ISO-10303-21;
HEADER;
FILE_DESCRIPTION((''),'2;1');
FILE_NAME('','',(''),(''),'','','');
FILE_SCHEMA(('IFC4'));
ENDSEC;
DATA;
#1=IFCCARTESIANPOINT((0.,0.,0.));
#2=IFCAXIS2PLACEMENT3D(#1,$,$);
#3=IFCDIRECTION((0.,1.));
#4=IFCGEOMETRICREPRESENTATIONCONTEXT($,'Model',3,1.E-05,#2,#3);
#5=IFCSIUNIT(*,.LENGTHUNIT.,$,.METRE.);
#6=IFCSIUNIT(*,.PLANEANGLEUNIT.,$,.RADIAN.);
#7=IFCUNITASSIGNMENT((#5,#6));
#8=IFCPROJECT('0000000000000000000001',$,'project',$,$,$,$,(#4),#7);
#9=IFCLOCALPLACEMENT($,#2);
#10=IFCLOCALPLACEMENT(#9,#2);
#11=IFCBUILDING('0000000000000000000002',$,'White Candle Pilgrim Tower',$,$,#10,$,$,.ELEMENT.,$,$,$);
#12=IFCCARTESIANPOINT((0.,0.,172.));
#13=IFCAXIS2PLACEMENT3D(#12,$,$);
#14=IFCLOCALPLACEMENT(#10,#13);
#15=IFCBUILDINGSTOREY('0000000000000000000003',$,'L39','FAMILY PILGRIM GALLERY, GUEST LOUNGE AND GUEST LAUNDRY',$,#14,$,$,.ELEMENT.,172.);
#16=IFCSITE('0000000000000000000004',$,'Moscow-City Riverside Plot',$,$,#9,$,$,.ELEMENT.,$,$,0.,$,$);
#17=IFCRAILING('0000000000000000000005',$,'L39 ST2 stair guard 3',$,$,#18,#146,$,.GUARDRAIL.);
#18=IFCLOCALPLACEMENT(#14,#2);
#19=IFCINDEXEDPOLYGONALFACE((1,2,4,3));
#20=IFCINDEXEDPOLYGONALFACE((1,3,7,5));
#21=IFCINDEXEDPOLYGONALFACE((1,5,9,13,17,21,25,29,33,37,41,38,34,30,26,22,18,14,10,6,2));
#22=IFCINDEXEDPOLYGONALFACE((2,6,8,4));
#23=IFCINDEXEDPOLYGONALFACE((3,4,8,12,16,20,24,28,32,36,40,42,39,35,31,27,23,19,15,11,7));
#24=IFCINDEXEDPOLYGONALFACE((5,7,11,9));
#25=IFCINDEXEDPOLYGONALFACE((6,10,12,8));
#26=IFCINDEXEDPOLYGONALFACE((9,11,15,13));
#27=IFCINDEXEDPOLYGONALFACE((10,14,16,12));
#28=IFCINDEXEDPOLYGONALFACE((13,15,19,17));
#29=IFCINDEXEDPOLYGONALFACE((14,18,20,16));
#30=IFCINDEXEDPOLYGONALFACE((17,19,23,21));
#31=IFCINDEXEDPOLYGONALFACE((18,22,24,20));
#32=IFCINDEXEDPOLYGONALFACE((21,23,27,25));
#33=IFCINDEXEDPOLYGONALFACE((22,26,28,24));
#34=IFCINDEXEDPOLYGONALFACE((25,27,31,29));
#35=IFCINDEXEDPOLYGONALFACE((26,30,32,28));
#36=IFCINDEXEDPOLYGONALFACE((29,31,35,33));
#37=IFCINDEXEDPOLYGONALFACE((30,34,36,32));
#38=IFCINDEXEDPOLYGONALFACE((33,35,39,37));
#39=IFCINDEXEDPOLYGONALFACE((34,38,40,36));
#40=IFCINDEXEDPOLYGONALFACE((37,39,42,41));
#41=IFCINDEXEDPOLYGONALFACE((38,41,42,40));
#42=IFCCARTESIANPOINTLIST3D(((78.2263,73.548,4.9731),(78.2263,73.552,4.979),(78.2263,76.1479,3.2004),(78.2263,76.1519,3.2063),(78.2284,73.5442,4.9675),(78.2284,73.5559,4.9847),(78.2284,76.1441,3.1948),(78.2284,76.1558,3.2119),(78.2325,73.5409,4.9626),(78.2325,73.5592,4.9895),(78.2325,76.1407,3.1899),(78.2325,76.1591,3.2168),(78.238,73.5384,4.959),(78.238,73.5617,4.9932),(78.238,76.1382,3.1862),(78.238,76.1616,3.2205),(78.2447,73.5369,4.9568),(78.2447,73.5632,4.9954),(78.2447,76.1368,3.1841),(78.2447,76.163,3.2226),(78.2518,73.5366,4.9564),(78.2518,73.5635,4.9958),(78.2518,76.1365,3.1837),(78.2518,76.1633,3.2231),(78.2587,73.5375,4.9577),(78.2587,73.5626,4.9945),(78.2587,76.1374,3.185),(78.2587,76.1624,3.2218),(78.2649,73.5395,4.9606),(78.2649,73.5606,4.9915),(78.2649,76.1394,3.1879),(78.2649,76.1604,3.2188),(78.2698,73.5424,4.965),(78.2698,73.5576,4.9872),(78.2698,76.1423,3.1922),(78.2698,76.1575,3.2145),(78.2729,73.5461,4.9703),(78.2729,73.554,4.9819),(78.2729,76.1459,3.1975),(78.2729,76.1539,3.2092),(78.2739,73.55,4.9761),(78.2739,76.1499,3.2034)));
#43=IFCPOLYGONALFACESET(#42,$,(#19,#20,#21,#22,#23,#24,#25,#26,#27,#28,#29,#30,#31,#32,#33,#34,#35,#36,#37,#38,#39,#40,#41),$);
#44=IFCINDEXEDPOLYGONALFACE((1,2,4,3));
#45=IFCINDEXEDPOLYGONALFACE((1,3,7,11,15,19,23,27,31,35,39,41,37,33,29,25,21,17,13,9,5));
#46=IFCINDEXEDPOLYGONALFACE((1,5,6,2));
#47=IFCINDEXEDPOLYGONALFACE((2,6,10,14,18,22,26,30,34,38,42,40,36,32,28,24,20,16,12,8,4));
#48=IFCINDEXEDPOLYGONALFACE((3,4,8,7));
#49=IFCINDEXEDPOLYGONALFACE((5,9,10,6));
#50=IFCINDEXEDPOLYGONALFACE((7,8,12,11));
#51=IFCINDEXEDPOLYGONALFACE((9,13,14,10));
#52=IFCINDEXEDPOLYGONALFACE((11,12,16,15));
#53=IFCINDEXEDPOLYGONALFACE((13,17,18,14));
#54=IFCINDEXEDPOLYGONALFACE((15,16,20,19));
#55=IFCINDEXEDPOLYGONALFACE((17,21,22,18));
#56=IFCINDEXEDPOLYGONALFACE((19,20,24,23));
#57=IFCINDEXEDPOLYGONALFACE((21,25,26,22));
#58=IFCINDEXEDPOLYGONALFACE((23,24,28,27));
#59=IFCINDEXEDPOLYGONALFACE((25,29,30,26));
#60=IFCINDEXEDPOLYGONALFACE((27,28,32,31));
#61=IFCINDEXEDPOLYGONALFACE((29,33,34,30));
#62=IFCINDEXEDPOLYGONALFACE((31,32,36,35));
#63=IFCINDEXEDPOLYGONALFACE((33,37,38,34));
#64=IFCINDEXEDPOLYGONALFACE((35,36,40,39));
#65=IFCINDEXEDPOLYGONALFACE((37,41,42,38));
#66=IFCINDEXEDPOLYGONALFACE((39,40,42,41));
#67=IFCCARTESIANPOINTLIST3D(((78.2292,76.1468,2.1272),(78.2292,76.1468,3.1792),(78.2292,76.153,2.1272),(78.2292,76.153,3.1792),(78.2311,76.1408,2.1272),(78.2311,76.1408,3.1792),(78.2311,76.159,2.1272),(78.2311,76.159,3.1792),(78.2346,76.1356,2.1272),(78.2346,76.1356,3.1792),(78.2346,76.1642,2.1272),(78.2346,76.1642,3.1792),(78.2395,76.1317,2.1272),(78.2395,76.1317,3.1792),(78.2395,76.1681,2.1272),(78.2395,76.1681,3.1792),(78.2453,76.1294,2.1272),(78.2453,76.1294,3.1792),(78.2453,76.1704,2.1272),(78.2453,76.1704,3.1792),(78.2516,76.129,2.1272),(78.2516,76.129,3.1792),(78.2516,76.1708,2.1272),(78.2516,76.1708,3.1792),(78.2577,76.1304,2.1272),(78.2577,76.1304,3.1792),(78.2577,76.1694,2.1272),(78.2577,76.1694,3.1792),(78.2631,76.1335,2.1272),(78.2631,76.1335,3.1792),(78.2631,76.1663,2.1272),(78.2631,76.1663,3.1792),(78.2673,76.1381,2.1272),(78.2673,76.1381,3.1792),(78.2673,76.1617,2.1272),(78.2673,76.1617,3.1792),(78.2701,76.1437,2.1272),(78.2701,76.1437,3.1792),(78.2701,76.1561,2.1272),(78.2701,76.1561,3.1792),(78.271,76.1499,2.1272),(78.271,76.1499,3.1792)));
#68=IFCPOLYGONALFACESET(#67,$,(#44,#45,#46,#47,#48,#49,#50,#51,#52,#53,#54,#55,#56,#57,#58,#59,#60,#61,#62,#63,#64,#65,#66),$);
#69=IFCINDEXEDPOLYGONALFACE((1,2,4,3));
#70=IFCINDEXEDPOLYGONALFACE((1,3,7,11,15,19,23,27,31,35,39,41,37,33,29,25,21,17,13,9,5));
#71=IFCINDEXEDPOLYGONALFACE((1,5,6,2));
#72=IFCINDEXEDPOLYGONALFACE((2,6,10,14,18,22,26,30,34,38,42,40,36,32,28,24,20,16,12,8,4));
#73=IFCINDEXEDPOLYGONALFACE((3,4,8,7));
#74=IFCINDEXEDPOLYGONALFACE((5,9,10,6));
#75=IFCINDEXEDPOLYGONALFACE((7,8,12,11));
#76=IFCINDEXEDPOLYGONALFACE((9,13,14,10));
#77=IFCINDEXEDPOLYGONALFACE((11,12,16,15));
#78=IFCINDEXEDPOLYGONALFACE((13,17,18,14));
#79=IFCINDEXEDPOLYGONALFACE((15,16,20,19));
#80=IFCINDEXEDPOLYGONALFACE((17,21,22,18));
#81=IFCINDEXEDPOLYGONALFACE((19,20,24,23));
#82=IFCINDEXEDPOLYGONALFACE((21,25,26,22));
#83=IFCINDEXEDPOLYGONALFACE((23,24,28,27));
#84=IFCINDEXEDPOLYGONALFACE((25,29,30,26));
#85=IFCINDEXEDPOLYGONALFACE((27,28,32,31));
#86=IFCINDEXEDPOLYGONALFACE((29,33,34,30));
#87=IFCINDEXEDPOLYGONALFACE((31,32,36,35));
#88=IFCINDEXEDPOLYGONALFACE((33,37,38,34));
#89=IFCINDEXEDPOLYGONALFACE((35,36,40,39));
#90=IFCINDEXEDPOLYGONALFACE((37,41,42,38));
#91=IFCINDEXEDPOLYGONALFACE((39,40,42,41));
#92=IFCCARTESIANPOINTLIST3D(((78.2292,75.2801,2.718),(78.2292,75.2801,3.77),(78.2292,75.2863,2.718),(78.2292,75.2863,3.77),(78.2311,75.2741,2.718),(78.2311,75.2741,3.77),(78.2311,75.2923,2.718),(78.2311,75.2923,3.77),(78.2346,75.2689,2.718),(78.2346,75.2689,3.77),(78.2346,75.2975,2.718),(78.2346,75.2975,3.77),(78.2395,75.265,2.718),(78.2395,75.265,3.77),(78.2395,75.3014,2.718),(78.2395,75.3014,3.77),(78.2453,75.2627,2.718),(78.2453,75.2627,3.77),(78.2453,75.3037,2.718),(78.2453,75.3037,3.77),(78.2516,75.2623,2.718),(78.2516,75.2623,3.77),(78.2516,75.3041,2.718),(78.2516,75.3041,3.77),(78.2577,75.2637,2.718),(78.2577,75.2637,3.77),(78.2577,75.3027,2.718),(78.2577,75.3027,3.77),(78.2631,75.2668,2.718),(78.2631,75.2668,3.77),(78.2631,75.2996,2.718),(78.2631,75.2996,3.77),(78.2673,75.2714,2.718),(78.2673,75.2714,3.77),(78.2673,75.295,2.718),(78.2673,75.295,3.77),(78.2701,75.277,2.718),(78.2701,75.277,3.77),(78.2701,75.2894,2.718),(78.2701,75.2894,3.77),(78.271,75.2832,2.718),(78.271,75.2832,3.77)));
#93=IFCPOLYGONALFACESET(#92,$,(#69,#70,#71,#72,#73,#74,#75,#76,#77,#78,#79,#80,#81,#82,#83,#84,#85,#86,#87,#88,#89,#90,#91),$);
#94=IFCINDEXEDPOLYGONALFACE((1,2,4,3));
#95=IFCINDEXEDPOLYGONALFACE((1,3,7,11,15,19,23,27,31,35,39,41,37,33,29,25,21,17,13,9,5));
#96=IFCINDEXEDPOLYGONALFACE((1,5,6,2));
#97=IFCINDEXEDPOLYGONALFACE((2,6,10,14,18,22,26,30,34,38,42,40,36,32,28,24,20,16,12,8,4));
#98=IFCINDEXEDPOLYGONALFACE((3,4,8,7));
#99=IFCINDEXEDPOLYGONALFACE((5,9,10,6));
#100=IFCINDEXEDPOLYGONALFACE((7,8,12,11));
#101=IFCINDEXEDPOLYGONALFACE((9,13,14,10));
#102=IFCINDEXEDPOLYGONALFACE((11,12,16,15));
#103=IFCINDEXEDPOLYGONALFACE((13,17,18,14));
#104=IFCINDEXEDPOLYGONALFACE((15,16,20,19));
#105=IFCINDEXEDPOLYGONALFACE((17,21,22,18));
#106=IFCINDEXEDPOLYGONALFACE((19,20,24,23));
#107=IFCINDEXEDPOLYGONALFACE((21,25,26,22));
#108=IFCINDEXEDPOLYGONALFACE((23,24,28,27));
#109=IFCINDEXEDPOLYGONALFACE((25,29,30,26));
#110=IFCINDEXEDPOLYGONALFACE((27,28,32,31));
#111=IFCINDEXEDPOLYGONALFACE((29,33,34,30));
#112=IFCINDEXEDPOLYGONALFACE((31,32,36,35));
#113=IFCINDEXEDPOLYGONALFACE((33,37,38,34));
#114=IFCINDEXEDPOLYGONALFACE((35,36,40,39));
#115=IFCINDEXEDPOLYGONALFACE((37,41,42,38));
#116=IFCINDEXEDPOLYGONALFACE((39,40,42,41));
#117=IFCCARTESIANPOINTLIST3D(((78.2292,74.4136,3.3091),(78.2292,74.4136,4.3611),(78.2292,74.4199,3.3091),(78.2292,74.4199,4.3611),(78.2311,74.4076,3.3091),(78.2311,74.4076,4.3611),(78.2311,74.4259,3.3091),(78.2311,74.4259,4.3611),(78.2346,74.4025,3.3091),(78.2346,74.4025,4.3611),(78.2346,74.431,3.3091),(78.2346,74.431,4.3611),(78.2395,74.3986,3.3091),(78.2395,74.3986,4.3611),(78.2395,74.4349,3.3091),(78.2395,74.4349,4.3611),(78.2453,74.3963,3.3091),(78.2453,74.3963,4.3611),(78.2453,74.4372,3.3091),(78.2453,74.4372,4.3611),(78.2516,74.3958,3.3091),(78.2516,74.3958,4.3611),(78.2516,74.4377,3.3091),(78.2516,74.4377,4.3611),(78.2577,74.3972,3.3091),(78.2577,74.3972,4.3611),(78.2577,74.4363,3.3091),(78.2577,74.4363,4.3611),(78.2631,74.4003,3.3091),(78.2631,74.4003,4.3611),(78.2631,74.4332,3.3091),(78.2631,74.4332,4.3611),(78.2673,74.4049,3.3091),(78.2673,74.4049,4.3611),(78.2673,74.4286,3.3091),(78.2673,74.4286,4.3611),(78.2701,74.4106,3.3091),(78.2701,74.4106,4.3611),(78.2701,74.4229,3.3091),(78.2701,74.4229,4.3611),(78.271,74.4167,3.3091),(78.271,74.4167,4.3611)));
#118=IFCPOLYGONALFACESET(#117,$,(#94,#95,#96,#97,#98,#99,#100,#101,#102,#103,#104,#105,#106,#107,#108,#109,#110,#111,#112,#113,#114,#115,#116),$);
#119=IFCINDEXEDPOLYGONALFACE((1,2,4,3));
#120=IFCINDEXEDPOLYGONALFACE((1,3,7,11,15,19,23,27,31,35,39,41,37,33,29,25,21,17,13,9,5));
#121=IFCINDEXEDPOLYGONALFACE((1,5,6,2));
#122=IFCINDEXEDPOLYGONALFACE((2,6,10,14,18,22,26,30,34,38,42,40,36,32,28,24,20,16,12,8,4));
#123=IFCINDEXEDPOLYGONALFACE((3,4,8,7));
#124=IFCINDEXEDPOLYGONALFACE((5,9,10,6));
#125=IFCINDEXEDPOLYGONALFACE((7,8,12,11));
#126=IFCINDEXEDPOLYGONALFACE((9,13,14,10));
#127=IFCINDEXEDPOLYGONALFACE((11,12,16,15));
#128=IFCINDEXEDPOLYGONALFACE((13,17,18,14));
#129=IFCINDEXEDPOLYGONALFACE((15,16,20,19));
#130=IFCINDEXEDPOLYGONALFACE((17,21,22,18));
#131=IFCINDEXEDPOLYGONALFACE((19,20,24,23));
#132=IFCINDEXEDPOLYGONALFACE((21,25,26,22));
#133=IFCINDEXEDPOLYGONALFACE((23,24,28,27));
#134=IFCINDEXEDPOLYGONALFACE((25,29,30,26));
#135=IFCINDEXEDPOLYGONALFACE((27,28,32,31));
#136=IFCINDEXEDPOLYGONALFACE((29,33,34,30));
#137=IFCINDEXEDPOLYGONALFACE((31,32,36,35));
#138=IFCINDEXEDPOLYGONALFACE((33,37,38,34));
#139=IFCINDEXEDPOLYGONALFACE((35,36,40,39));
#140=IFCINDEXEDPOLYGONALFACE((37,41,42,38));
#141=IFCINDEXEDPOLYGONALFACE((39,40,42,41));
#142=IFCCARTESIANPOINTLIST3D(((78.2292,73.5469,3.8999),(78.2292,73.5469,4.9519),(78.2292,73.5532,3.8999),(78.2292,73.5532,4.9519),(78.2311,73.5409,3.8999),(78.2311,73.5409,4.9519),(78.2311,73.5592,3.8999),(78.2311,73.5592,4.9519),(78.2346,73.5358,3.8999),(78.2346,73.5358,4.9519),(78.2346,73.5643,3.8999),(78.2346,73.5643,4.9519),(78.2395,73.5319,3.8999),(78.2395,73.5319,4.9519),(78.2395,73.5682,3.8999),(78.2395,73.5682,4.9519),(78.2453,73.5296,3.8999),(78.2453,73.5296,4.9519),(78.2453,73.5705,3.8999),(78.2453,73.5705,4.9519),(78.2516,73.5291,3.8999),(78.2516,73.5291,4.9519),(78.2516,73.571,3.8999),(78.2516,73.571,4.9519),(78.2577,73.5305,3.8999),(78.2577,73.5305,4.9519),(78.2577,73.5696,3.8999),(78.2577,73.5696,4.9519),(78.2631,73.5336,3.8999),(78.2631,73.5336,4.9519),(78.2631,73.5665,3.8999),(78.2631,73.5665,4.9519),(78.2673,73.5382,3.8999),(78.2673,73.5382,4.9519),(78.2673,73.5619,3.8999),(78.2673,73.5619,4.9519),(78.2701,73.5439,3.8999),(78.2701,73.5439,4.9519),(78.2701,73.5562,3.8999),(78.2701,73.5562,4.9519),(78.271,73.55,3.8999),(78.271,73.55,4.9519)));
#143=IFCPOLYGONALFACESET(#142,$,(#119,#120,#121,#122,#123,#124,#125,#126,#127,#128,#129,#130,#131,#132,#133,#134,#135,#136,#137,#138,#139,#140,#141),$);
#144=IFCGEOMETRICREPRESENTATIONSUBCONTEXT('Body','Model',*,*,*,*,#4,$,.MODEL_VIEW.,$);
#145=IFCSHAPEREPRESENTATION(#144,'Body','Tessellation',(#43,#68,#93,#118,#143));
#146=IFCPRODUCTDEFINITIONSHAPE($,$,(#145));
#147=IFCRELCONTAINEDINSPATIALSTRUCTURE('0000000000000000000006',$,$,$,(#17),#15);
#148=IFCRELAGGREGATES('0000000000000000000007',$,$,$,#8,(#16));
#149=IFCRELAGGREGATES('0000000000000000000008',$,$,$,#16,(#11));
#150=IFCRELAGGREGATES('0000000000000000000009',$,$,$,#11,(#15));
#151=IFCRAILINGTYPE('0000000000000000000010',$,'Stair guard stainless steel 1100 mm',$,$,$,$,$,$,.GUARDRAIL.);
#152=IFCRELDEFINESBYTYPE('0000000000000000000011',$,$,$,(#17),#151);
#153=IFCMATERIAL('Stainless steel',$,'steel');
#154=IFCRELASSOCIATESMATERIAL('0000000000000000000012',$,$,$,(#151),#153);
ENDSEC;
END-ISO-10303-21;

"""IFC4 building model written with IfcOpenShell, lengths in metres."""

from ifc_helpers import new_model, si_unit, direction, frame, origin, origin_2d, place, context, subcontext, project, spatial, circle, extrude, material, type_object, element, save


model = new_model("IFC4")

# Units and contexts
model_context = context("Model", 3, precision=1e-05, world=origin(), true_north=direction((0.0, 1.0)))
body_context = subcontext(model_context, "Body", "Model", "MODEL_VIEW")
ifc_project = project(units=[si_unit("LENGTHUNIT", "METRE"), si_unit("PLANEANGLEUNIT", "RADIAN")], contexts=[model_context])

# Site, building, storey
site_placement = place(None, origin())
site = spatial("IfcSite", under=ifc_project, at=site_placement, Name="Moscow-City Riverside Plot", CompositionType="ELEMENT", RefElevation=0.0)
building_placement = place(site_placement, origin())
building = spatial("IfcBuilding", under=site, at=building_placement, Name="White Candle Pilgrim Tower", CompositionType="ELEMENT")
storey_placement = place(building_placement, frame((0.0, 0.0, 172.0)))
storey = spatial("IfcBuildingStorey", under=building, at=storey_placement, Name="L39", Description="FAMILY PILGRIM GALLERY, GUEST LOUNGE AND GUEST LAUNDRY", CompositionType="ELEMENT", Elevation=172.0)

# Railing
ifc_material_1 = material(Name="Stainless steel", Category="steel")
railing_type_1 = type_object("IfcRailingType", Name="Stair guard stainless steel 1100 mm", PredefinedType="GUARDRAIL", material=ifc_material_1)
railing_1_placement = place(storey_placement, frame((78.25, 76.1499, 2.1272)))
element("IfcRailing", 1, at=railing_1_placement, inside=storey, type_object=railing_type_1, Name="L39 ST2 stair guard 3", PredefinedType="GUARDRAIL", context=body_context, shape_type="SweptSolid", body=[
    extrude(circle(Radius=0.0239, at=origin_2d()), frame((0.0, 0.0, 1.0762), z_axis=(0.0, -0.826216, 0.563354), x_axis=(1.0, 0.0, 0.0)), (0.0, 0.0, 1.0), 3.1467),
    extrude(circle(Radius=0.021, at=origin_2d()), origin(), (0.0, 0.0, 1.0), 1.052),
    extrude(circle(Radius=0.021, at=origin_2d()), frame((0.0, -0.8667, 0.5908)), (0.0, 0.0, 1.0), 1.052),
    extrude(circle(Radius=0.021, at=origin_2d()), frame((0.0, -1.7332, 1.1819)), (0.0, 0.0, 1.0), 1.052),
    extrude(circle(Radius=0.021, at=origin_2d()), frame((0.0, -2.5999, 1.7727)), (0.0, 0.0, 1.0), 1.052),
])

save(model, "model.ifc")
